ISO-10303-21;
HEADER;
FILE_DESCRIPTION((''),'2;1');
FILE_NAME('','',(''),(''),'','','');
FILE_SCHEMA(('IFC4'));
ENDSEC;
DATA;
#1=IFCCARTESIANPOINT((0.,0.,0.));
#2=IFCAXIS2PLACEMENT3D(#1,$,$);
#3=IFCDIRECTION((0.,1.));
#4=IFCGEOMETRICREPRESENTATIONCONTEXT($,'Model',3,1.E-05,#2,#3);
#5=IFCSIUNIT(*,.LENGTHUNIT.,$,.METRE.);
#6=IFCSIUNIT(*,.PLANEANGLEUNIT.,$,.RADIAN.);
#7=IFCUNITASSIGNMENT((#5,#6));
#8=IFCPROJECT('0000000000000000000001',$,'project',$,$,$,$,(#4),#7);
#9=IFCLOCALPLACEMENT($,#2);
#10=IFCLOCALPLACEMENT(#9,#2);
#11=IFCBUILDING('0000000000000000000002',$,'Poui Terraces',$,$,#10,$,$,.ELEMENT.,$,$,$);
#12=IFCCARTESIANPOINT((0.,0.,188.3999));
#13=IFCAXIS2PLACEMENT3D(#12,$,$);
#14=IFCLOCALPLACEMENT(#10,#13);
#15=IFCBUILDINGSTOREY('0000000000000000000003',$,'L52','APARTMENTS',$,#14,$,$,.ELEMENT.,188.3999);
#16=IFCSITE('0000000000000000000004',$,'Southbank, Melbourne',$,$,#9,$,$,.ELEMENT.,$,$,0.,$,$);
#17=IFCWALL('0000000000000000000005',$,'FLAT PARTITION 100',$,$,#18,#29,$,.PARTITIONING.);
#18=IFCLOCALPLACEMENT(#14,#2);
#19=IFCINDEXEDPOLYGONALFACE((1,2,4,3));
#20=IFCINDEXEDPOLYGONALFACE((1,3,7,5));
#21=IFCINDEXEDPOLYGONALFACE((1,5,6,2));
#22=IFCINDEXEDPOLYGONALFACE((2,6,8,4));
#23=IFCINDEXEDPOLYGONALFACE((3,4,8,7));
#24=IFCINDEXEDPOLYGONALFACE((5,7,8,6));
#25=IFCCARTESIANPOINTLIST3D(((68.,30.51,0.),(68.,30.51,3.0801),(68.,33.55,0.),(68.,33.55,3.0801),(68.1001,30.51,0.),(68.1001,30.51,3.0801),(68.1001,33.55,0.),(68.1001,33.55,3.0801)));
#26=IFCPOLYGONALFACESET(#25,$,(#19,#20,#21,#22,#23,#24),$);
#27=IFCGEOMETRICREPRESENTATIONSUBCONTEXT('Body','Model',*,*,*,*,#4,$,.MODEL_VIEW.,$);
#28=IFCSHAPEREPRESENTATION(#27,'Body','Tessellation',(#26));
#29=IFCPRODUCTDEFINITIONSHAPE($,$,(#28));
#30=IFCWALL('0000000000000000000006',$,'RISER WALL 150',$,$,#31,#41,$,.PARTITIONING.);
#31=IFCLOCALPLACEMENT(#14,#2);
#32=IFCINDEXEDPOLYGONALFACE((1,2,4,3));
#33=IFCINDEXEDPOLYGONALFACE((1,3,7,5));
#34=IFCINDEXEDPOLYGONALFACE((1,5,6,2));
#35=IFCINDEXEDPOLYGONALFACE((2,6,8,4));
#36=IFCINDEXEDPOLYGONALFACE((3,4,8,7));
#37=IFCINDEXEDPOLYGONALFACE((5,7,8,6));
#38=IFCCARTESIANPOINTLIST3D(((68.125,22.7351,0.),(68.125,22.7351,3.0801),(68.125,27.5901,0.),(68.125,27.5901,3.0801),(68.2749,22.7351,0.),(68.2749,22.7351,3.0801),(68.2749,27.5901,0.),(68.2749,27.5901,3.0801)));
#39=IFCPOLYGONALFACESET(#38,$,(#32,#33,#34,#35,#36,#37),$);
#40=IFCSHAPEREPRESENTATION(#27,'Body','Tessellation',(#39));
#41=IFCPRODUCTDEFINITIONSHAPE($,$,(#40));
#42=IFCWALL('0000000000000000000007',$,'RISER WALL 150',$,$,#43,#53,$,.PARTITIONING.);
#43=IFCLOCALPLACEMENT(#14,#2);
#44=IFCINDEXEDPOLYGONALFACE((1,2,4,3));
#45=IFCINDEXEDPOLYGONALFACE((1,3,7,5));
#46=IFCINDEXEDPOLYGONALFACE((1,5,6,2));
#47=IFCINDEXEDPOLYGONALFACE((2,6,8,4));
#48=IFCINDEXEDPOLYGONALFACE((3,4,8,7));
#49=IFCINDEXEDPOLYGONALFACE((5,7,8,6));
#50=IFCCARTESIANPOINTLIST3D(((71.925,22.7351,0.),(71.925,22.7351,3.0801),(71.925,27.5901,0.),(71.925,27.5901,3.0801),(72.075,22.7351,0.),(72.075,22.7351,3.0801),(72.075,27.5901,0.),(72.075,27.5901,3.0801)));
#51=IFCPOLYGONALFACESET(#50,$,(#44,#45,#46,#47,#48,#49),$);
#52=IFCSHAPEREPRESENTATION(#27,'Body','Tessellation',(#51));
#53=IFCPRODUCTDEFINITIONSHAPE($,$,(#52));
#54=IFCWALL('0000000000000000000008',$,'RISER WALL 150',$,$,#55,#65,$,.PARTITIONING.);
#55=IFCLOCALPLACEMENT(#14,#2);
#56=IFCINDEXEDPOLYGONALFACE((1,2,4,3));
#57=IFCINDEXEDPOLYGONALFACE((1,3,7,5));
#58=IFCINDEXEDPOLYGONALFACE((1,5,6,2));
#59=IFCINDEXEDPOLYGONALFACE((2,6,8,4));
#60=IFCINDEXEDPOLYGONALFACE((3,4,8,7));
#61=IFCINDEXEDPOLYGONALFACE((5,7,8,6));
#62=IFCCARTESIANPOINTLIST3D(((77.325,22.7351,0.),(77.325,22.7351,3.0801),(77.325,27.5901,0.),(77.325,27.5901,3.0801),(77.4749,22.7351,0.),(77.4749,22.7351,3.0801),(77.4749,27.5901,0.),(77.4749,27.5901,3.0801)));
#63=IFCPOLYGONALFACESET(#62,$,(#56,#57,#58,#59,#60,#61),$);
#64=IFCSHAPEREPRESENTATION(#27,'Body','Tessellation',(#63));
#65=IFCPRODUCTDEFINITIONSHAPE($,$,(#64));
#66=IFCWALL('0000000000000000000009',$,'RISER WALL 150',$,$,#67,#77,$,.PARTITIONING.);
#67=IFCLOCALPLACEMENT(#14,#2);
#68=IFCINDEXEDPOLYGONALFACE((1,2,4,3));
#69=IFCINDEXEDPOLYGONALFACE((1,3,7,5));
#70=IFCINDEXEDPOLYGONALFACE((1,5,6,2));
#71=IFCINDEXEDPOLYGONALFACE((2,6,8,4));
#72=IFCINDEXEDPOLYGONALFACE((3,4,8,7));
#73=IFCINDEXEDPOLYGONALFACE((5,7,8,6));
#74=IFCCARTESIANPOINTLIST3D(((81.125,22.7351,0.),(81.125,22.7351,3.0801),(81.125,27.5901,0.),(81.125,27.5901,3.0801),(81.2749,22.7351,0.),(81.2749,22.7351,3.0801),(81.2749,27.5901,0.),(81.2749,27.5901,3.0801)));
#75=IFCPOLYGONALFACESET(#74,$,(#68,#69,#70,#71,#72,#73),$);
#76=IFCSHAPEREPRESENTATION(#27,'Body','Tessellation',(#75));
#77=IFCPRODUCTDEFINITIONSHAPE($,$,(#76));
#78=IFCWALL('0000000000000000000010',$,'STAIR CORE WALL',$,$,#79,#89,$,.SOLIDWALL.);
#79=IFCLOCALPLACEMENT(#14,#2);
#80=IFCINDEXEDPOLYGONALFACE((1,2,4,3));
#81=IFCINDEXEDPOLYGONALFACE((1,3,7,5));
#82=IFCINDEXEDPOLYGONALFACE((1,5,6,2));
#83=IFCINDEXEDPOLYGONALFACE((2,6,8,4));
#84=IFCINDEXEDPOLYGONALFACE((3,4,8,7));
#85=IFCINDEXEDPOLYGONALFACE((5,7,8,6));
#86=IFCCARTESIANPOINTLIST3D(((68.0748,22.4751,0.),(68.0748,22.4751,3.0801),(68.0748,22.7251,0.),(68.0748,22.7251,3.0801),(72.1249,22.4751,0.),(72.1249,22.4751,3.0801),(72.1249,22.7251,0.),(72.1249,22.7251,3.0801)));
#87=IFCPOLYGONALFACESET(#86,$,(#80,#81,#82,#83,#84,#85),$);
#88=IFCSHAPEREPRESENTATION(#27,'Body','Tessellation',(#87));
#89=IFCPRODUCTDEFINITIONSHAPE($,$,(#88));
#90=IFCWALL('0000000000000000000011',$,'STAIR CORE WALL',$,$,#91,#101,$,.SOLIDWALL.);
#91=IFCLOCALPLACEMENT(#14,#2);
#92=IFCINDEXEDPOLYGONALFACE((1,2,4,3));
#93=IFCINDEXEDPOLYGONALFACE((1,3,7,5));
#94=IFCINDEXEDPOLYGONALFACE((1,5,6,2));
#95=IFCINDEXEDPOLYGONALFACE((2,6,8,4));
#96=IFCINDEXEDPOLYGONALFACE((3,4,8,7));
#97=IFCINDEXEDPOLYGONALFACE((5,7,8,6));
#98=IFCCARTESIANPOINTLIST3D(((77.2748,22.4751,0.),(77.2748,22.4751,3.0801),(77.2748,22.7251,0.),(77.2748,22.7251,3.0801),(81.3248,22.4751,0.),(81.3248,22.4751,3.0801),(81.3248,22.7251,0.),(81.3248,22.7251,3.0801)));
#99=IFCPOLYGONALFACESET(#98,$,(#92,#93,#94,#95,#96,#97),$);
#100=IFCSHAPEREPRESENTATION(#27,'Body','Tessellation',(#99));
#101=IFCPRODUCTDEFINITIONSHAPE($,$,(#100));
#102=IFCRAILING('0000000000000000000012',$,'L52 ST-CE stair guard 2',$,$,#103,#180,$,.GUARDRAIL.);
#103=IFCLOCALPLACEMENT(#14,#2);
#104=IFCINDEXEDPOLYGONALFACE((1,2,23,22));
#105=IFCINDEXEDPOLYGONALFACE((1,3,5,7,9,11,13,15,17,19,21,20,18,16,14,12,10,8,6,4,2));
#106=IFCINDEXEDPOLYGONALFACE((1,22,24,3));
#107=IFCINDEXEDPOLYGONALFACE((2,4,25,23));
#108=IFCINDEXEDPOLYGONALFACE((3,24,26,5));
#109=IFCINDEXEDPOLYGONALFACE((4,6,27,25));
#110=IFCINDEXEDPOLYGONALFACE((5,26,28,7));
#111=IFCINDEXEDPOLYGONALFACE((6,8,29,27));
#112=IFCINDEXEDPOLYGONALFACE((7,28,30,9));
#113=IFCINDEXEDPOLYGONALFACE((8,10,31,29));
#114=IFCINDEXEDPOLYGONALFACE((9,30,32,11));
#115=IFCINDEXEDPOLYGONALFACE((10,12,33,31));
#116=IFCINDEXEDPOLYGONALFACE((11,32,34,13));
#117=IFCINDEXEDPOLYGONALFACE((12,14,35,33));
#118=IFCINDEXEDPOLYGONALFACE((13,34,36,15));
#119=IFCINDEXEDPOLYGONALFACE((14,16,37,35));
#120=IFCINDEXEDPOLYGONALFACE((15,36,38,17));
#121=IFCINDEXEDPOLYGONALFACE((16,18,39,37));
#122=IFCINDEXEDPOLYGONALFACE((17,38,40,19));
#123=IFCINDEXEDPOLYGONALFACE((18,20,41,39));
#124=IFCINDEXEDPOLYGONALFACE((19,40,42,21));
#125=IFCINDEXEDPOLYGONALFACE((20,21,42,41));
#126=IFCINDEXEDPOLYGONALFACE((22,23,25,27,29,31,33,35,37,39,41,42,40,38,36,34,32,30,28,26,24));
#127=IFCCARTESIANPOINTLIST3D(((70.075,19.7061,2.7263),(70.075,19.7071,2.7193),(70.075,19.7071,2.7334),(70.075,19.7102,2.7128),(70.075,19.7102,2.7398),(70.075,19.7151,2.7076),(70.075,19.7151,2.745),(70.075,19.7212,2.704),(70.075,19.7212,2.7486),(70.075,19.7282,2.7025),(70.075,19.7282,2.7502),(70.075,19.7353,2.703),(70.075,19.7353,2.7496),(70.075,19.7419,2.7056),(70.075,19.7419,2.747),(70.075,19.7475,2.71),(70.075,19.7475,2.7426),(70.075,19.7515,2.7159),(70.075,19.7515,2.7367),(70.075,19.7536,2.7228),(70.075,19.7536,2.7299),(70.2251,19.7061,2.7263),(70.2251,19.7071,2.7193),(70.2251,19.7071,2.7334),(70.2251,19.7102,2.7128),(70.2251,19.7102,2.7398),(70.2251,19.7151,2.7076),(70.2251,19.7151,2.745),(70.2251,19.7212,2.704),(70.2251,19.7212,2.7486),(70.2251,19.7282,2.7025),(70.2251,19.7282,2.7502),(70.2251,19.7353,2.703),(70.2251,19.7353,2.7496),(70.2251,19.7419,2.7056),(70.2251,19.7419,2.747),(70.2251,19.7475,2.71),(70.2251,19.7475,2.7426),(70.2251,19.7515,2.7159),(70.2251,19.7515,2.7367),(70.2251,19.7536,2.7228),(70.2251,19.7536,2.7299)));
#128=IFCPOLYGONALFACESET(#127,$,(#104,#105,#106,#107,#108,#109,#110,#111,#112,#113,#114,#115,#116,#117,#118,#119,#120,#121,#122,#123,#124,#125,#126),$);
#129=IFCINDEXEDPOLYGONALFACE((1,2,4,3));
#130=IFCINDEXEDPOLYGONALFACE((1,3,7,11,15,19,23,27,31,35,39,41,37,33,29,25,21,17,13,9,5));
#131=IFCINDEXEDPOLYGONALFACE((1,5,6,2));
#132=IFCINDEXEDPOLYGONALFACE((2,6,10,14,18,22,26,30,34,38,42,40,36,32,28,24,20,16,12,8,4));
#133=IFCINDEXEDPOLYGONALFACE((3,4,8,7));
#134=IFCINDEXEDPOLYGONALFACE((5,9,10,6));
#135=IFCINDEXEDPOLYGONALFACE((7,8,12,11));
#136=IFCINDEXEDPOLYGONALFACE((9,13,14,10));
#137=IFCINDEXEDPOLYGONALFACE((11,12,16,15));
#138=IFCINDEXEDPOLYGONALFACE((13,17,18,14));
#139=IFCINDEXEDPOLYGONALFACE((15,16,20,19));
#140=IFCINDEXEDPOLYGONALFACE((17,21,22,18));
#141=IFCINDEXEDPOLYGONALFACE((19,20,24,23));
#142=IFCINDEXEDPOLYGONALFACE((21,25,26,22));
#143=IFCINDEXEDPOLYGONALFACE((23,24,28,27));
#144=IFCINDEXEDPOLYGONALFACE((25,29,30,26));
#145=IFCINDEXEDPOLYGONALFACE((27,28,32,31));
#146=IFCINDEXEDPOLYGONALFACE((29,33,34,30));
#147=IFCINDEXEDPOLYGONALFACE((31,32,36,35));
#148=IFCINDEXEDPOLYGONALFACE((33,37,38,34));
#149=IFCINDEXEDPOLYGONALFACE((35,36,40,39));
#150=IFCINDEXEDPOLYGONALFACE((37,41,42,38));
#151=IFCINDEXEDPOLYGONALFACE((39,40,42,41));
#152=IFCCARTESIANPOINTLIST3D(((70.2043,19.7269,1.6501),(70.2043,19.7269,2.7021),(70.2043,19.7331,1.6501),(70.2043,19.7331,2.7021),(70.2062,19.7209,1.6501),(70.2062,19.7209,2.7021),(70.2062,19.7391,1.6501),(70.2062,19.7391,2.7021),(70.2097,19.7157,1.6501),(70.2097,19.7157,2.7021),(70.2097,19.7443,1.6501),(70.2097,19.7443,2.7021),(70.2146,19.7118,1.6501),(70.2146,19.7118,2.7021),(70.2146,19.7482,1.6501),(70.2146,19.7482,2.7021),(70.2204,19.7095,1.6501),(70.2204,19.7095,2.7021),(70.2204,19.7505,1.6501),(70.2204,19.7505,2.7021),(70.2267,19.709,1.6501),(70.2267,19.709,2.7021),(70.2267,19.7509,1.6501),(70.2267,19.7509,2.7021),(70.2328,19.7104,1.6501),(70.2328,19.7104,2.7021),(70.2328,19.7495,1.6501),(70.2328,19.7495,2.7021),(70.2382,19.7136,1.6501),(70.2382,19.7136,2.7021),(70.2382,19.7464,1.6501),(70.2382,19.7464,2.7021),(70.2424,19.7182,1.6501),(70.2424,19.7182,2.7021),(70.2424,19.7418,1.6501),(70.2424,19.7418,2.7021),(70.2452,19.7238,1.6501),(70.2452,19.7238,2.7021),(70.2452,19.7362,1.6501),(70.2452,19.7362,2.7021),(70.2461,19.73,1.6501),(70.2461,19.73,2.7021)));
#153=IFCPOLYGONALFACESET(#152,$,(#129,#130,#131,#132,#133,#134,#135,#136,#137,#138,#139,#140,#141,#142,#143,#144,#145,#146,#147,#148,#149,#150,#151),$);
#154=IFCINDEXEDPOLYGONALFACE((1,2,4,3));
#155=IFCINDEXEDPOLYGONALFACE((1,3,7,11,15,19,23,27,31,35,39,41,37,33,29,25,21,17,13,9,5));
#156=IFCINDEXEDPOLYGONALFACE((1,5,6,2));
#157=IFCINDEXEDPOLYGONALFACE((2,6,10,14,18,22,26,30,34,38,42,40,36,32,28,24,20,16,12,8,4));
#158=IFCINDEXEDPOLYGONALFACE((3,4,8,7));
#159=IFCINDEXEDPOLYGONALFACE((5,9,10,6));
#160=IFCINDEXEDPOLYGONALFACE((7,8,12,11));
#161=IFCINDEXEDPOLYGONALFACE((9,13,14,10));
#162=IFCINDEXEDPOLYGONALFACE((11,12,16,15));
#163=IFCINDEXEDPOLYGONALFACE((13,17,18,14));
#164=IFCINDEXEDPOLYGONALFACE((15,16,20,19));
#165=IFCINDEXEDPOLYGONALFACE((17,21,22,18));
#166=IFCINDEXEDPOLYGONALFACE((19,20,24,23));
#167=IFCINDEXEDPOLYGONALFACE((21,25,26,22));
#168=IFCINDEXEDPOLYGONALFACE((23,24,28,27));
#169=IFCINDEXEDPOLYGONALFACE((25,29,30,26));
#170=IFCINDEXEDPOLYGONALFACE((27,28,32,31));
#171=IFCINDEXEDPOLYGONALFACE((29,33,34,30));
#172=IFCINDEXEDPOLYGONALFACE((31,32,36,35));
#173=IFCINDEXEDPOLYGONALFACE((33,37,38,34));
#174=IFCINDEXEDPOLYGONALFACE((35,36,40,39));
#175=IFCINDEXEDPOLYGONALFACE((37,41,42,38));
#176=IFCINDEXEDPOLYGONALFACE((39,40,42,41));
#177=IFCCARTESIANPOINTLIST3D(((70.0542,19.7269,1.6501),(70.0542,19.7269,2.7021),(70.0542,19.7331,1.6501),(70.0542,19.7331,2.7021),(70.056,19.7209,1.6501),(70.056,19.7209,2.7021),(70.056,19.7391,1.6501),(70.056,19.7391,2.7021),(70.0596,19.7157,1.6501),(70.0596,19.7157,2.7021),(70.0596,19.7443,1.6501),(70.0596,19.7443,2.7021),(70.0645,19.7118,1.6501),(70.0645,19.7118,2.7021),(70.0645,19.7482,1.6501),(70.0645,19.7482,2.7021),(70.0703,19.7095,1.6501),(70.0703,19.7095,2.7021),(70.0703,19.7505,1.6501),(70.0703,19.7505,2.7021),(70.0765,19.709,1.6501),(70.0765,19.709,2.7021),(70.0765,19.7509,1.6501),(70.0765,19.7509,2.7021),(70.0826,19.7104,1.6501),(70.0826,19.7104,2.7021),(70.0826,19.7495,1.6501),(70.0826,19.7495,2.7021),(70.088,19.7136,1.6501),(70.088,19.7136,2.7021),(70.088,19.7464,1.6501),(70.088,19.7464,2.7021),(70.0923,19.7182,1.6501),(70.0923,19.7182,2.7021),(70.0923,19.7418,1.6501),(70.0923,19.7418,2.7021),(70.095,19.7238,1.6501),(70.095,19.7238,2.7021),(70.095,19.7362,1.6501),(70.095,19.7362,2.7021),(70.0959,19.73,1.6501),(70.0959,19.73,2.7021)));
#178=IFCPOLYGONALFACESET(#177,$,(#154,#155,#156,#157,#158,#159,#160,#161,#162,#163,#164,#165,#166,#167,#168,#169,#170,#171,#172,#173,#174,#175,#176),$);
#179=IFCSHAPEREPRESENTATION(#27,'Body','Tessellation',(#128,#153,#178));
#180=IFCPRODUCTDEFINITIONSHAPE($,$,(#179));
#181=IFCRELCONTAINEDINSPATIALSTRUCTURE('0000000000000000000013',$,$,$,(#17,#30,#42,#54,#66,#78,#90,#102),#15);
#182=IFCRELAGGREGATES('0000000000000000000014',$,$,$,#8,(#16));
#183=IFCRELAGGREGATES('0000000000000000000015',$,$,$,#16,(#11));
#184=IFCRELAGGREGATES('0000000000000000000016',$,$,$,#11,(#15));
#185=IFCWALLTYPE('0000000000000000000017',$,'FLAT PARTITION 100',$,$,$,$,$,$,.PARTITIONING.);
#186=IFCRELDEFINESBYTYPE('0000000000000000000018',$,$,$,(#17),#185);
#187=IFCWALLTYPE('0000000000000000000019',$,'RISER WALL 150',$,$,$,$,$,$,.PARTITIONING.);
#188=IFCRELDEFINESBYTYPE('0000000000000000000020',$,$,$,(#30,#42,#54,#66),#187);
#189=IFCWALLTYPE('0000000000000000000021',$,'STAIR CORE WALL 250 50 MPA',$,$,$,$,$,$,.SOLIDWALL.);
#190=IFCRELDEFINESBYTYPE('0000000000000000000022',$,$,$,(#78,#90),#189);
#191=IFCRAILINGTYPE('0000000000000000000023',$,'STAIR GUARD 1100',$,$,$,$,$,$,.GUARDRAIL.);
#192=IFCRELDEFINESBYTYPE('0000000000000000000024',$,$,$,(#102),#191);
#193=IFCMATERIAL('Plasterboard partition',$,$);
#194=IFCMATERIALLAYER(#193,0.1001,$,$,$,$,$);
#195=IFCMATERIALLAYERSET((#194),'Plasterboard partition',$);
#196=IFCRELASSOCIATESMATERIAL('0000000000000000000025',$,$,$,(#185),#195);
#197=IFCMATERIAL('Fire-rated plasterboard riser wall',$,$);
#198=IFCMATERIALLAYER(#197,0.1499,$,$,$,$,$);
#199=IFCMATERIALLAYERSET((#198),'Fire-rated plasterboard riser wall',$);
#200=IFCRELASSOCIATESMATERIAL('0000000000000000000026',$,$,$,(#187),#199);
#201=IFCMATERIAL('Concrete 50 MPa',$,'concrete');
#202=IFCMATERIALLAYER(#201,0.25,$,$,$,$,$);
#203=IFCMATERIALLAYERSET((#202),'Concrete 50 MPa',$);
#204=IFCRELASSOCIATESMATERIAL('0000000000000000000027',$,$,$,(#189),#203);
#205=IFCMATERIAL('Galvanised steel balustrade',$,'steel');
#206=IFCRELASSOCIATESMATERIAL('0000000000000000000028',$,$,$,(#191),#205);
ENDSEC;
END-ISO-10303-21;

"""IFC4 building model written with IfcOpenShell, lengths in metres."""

from ifc_helpers import new_model, si_unit, direction, frame, frame_2d, origin, origin_2d, place, context, subcontext, project, spatial, rectangle, circle, extrude, material, layer, layer_set, type_object, element, save


model = new_model("IFC4")

# Units and contexts
model_context = context("Model", 3, precision=1e-05, world=origin(), true_north=direction((0.0, 1.0)))
body_context = subcontext(model_context, "Body", "Model", "MODEL_VIEW")
ifc_project = project(units=[si_unit("LENGTHUNIT", "METRE"), si_unit("PLANEANGLEUNIT", "RADIAN")], contexts=[model_context])

# Site, building, storey
site_placement = place(None, origin())
site = spatial("IfcSite", under=ifc_project, at=site_placement, Name="Southbank, Melbourne", CompositionType="ELEMENT", RefElevation=0.0)
building_placement = place(site_placement, origin())
building = spatial("IfcBuilding", under=site, at=building_placement, Name="Poui Terraces", CompositionType="ELEMENT")
storey_placement = place(building_placement, frame((0.0, 0.0, 188.3999)))
storey = spatial("IfcBuildingStorey", under=building, at=storey_placement, Name="L52", Description="APARTMENTS", CompositionType="ELEMENT", Elevation=188.3999)

# Shared definitions
ifc_material_1 = material(Name="Concrete 50 MPa", Category="concrete")

# Walls
ifc_material_2 = material(Name="Plasterboard partition")
ifc_layer_1 = layer(ifc_material_2, 0.1001)
ifc_layer_set_1 = layer_set([ifc_layer_1], Name="Plasterboard partition")
wall_type_1 = type_object("IfcWallType", Name="FLAT PARTITION 100", PredefinedType="PARTITIONING", material=ifc_layer_set_1)
wall_1_placement = place(storey_placement, frame((68.05, 30.51, 0.0), z_axis=(0.0, 0.0, 1.0), x_axis=(0.0, 1.0, 0.0)))
element("IfcWall", 1, at=wall_1_placement, inside=storey, type_object=wall_type_1, Name="FLAT PARTITION 100", PredefinedType="PARTITIONING", context=body_context, shape_type="SweptSolid", body=[
    extrude(rectangle(XDim=3.04, YDim=0.1001, at=frame_2d((1.52, 0.0))), origin(), (0.0, 0.0, 1.0), 3.0801),
])
ifc_material_3 = material(Name="Fire-rated plasterboard riser wall")
ifc_layer_2 = layer(ifc_material_3, 0.1499)
ifc_layer_set_2 = layer_set([ifc_layer_2], Name="Fire-rated plasterboard riser wall")
wall_type_2 = type_object("IfcWallType", Name="RISER WALL 150", PredefinedType="PARTITIONING", material=ifc_layer_set_2)
for number, where, z_axis, x_axis, name in (
    (2, (68.2, 22.7351, 0.0), (0.0, 0.0, 1.0), (0.0, 1.0, 0.0), "RISER WALL 150"),
    (3, (72.0, 22.7351, 0.0), (0.0, 0.0, 1.0), (0.0, 1.0, 0.0), "RISER WALL 150"),
    (4, (77.3999, 22.7351, 0.0), (0.0, 0.0, 1.0), (0.0, 1.0, 0.0), "RISER WALL 150"),
    (5, (81.2, 22.7351, 0.0), (0.0, 0.0, 1.0), (0.0, 1.0, 0.0), "RISER WALL 150"),
):
    element("IfcWall", number, at=place(storey_placement, frame(where, z_axis=z_axis, x_axis=x_axis)), inside=storey, type_object=wall_type_2, Name=name, PredefinedType="PARTITIONING", context=body_context, shape_type="SweptSolid", body=[
        extrude(rectangle(XDim=4.855, YDim=0.1499, at=frame_2d((2.4275, 0.0))), origin(), (0.0, 0.0, 1.0), 3.0801),
    ])
ifc_layer_3 = layer(ifc_material_1, 0.25)
ifc_layer_set_3 = layer_set([ifc_layer_3], Name="Concrete 50 MPa")
wall_type_3 = type_object("IfcWallType", Name="STAIR CORE WALL 250 50 MPA", PredefinedType="SOLIDWALL", material=ifc_layer_set_3)
for number, where, z_axis, x_axis, name in (
    (6, (68.075, 22.6001, 0.0), (0.0, 0.0, 1.0), (1.0, 0.0, 0.0), "STAIR CORE WALL"),
    (7, (77.2749, 22.6001, 0.0), (0.0, 0.0, 1.0), (1.0, 0.0, 0.0), "STAIR CORE WALL"),
):
    element("IfcWall", number, at=place(storey_placement, frame(where, z_axis=z_axis, x_axis=x_axis)), inside=storey, type_object=wall_type_3, Name=name, PredefinedType="SOLIDWALL", context=body_context, shape_type="SweptSolid", body=[
        extrude(rectangle(XDim=4.05, YDim=0.25, at=frame_2d((2.0249, 0.0))), origin(), (0.0, 0.0, 1.0), 3.0801),
    ])

# Railing
ifc_material_4 = material(Name="Galvanised steel balustrade", Category="steel")
railing_type = type_object("IfcRailingType", Name="STAIR GUARD 1100", PredefinedType="GUARDRAIL", material=ifc_material_4)
for number, where, name in (
    (8, (70.2251, 19.73, 1.6501), "L52 ST-CE stair guard 2"),
):
    element("IfcRailing", number, at=place(storey_placement, frame(where)), inside=storey, type_object=railing_type, Name=name, PredefinedType="GUARDRAIL", context=body_context, shape_type="SweptSolid", body=[
        extrude(circle(Radius=0.0239, at=origin_2d()), frame((0.0, 0.0, 1.0762), z_axis=(-1.0, 0.0, 0.0), x_axis=(0.0, -1.0, 0.0)), (0.0, 0.0, 1.0), 0.1501),
        extrude(circle(Radius=0.021, at=origin_2d()), origin(), (0.0, 0.0, 1.0), 1.052),
        extrude(circle(Radius=0.021, at=origin_2d()), frame((-0.1501, 0.0, 0.0)), (0.0, 0.0, 1.0), 1.052),
    ])

save(model, "model.ifc")
